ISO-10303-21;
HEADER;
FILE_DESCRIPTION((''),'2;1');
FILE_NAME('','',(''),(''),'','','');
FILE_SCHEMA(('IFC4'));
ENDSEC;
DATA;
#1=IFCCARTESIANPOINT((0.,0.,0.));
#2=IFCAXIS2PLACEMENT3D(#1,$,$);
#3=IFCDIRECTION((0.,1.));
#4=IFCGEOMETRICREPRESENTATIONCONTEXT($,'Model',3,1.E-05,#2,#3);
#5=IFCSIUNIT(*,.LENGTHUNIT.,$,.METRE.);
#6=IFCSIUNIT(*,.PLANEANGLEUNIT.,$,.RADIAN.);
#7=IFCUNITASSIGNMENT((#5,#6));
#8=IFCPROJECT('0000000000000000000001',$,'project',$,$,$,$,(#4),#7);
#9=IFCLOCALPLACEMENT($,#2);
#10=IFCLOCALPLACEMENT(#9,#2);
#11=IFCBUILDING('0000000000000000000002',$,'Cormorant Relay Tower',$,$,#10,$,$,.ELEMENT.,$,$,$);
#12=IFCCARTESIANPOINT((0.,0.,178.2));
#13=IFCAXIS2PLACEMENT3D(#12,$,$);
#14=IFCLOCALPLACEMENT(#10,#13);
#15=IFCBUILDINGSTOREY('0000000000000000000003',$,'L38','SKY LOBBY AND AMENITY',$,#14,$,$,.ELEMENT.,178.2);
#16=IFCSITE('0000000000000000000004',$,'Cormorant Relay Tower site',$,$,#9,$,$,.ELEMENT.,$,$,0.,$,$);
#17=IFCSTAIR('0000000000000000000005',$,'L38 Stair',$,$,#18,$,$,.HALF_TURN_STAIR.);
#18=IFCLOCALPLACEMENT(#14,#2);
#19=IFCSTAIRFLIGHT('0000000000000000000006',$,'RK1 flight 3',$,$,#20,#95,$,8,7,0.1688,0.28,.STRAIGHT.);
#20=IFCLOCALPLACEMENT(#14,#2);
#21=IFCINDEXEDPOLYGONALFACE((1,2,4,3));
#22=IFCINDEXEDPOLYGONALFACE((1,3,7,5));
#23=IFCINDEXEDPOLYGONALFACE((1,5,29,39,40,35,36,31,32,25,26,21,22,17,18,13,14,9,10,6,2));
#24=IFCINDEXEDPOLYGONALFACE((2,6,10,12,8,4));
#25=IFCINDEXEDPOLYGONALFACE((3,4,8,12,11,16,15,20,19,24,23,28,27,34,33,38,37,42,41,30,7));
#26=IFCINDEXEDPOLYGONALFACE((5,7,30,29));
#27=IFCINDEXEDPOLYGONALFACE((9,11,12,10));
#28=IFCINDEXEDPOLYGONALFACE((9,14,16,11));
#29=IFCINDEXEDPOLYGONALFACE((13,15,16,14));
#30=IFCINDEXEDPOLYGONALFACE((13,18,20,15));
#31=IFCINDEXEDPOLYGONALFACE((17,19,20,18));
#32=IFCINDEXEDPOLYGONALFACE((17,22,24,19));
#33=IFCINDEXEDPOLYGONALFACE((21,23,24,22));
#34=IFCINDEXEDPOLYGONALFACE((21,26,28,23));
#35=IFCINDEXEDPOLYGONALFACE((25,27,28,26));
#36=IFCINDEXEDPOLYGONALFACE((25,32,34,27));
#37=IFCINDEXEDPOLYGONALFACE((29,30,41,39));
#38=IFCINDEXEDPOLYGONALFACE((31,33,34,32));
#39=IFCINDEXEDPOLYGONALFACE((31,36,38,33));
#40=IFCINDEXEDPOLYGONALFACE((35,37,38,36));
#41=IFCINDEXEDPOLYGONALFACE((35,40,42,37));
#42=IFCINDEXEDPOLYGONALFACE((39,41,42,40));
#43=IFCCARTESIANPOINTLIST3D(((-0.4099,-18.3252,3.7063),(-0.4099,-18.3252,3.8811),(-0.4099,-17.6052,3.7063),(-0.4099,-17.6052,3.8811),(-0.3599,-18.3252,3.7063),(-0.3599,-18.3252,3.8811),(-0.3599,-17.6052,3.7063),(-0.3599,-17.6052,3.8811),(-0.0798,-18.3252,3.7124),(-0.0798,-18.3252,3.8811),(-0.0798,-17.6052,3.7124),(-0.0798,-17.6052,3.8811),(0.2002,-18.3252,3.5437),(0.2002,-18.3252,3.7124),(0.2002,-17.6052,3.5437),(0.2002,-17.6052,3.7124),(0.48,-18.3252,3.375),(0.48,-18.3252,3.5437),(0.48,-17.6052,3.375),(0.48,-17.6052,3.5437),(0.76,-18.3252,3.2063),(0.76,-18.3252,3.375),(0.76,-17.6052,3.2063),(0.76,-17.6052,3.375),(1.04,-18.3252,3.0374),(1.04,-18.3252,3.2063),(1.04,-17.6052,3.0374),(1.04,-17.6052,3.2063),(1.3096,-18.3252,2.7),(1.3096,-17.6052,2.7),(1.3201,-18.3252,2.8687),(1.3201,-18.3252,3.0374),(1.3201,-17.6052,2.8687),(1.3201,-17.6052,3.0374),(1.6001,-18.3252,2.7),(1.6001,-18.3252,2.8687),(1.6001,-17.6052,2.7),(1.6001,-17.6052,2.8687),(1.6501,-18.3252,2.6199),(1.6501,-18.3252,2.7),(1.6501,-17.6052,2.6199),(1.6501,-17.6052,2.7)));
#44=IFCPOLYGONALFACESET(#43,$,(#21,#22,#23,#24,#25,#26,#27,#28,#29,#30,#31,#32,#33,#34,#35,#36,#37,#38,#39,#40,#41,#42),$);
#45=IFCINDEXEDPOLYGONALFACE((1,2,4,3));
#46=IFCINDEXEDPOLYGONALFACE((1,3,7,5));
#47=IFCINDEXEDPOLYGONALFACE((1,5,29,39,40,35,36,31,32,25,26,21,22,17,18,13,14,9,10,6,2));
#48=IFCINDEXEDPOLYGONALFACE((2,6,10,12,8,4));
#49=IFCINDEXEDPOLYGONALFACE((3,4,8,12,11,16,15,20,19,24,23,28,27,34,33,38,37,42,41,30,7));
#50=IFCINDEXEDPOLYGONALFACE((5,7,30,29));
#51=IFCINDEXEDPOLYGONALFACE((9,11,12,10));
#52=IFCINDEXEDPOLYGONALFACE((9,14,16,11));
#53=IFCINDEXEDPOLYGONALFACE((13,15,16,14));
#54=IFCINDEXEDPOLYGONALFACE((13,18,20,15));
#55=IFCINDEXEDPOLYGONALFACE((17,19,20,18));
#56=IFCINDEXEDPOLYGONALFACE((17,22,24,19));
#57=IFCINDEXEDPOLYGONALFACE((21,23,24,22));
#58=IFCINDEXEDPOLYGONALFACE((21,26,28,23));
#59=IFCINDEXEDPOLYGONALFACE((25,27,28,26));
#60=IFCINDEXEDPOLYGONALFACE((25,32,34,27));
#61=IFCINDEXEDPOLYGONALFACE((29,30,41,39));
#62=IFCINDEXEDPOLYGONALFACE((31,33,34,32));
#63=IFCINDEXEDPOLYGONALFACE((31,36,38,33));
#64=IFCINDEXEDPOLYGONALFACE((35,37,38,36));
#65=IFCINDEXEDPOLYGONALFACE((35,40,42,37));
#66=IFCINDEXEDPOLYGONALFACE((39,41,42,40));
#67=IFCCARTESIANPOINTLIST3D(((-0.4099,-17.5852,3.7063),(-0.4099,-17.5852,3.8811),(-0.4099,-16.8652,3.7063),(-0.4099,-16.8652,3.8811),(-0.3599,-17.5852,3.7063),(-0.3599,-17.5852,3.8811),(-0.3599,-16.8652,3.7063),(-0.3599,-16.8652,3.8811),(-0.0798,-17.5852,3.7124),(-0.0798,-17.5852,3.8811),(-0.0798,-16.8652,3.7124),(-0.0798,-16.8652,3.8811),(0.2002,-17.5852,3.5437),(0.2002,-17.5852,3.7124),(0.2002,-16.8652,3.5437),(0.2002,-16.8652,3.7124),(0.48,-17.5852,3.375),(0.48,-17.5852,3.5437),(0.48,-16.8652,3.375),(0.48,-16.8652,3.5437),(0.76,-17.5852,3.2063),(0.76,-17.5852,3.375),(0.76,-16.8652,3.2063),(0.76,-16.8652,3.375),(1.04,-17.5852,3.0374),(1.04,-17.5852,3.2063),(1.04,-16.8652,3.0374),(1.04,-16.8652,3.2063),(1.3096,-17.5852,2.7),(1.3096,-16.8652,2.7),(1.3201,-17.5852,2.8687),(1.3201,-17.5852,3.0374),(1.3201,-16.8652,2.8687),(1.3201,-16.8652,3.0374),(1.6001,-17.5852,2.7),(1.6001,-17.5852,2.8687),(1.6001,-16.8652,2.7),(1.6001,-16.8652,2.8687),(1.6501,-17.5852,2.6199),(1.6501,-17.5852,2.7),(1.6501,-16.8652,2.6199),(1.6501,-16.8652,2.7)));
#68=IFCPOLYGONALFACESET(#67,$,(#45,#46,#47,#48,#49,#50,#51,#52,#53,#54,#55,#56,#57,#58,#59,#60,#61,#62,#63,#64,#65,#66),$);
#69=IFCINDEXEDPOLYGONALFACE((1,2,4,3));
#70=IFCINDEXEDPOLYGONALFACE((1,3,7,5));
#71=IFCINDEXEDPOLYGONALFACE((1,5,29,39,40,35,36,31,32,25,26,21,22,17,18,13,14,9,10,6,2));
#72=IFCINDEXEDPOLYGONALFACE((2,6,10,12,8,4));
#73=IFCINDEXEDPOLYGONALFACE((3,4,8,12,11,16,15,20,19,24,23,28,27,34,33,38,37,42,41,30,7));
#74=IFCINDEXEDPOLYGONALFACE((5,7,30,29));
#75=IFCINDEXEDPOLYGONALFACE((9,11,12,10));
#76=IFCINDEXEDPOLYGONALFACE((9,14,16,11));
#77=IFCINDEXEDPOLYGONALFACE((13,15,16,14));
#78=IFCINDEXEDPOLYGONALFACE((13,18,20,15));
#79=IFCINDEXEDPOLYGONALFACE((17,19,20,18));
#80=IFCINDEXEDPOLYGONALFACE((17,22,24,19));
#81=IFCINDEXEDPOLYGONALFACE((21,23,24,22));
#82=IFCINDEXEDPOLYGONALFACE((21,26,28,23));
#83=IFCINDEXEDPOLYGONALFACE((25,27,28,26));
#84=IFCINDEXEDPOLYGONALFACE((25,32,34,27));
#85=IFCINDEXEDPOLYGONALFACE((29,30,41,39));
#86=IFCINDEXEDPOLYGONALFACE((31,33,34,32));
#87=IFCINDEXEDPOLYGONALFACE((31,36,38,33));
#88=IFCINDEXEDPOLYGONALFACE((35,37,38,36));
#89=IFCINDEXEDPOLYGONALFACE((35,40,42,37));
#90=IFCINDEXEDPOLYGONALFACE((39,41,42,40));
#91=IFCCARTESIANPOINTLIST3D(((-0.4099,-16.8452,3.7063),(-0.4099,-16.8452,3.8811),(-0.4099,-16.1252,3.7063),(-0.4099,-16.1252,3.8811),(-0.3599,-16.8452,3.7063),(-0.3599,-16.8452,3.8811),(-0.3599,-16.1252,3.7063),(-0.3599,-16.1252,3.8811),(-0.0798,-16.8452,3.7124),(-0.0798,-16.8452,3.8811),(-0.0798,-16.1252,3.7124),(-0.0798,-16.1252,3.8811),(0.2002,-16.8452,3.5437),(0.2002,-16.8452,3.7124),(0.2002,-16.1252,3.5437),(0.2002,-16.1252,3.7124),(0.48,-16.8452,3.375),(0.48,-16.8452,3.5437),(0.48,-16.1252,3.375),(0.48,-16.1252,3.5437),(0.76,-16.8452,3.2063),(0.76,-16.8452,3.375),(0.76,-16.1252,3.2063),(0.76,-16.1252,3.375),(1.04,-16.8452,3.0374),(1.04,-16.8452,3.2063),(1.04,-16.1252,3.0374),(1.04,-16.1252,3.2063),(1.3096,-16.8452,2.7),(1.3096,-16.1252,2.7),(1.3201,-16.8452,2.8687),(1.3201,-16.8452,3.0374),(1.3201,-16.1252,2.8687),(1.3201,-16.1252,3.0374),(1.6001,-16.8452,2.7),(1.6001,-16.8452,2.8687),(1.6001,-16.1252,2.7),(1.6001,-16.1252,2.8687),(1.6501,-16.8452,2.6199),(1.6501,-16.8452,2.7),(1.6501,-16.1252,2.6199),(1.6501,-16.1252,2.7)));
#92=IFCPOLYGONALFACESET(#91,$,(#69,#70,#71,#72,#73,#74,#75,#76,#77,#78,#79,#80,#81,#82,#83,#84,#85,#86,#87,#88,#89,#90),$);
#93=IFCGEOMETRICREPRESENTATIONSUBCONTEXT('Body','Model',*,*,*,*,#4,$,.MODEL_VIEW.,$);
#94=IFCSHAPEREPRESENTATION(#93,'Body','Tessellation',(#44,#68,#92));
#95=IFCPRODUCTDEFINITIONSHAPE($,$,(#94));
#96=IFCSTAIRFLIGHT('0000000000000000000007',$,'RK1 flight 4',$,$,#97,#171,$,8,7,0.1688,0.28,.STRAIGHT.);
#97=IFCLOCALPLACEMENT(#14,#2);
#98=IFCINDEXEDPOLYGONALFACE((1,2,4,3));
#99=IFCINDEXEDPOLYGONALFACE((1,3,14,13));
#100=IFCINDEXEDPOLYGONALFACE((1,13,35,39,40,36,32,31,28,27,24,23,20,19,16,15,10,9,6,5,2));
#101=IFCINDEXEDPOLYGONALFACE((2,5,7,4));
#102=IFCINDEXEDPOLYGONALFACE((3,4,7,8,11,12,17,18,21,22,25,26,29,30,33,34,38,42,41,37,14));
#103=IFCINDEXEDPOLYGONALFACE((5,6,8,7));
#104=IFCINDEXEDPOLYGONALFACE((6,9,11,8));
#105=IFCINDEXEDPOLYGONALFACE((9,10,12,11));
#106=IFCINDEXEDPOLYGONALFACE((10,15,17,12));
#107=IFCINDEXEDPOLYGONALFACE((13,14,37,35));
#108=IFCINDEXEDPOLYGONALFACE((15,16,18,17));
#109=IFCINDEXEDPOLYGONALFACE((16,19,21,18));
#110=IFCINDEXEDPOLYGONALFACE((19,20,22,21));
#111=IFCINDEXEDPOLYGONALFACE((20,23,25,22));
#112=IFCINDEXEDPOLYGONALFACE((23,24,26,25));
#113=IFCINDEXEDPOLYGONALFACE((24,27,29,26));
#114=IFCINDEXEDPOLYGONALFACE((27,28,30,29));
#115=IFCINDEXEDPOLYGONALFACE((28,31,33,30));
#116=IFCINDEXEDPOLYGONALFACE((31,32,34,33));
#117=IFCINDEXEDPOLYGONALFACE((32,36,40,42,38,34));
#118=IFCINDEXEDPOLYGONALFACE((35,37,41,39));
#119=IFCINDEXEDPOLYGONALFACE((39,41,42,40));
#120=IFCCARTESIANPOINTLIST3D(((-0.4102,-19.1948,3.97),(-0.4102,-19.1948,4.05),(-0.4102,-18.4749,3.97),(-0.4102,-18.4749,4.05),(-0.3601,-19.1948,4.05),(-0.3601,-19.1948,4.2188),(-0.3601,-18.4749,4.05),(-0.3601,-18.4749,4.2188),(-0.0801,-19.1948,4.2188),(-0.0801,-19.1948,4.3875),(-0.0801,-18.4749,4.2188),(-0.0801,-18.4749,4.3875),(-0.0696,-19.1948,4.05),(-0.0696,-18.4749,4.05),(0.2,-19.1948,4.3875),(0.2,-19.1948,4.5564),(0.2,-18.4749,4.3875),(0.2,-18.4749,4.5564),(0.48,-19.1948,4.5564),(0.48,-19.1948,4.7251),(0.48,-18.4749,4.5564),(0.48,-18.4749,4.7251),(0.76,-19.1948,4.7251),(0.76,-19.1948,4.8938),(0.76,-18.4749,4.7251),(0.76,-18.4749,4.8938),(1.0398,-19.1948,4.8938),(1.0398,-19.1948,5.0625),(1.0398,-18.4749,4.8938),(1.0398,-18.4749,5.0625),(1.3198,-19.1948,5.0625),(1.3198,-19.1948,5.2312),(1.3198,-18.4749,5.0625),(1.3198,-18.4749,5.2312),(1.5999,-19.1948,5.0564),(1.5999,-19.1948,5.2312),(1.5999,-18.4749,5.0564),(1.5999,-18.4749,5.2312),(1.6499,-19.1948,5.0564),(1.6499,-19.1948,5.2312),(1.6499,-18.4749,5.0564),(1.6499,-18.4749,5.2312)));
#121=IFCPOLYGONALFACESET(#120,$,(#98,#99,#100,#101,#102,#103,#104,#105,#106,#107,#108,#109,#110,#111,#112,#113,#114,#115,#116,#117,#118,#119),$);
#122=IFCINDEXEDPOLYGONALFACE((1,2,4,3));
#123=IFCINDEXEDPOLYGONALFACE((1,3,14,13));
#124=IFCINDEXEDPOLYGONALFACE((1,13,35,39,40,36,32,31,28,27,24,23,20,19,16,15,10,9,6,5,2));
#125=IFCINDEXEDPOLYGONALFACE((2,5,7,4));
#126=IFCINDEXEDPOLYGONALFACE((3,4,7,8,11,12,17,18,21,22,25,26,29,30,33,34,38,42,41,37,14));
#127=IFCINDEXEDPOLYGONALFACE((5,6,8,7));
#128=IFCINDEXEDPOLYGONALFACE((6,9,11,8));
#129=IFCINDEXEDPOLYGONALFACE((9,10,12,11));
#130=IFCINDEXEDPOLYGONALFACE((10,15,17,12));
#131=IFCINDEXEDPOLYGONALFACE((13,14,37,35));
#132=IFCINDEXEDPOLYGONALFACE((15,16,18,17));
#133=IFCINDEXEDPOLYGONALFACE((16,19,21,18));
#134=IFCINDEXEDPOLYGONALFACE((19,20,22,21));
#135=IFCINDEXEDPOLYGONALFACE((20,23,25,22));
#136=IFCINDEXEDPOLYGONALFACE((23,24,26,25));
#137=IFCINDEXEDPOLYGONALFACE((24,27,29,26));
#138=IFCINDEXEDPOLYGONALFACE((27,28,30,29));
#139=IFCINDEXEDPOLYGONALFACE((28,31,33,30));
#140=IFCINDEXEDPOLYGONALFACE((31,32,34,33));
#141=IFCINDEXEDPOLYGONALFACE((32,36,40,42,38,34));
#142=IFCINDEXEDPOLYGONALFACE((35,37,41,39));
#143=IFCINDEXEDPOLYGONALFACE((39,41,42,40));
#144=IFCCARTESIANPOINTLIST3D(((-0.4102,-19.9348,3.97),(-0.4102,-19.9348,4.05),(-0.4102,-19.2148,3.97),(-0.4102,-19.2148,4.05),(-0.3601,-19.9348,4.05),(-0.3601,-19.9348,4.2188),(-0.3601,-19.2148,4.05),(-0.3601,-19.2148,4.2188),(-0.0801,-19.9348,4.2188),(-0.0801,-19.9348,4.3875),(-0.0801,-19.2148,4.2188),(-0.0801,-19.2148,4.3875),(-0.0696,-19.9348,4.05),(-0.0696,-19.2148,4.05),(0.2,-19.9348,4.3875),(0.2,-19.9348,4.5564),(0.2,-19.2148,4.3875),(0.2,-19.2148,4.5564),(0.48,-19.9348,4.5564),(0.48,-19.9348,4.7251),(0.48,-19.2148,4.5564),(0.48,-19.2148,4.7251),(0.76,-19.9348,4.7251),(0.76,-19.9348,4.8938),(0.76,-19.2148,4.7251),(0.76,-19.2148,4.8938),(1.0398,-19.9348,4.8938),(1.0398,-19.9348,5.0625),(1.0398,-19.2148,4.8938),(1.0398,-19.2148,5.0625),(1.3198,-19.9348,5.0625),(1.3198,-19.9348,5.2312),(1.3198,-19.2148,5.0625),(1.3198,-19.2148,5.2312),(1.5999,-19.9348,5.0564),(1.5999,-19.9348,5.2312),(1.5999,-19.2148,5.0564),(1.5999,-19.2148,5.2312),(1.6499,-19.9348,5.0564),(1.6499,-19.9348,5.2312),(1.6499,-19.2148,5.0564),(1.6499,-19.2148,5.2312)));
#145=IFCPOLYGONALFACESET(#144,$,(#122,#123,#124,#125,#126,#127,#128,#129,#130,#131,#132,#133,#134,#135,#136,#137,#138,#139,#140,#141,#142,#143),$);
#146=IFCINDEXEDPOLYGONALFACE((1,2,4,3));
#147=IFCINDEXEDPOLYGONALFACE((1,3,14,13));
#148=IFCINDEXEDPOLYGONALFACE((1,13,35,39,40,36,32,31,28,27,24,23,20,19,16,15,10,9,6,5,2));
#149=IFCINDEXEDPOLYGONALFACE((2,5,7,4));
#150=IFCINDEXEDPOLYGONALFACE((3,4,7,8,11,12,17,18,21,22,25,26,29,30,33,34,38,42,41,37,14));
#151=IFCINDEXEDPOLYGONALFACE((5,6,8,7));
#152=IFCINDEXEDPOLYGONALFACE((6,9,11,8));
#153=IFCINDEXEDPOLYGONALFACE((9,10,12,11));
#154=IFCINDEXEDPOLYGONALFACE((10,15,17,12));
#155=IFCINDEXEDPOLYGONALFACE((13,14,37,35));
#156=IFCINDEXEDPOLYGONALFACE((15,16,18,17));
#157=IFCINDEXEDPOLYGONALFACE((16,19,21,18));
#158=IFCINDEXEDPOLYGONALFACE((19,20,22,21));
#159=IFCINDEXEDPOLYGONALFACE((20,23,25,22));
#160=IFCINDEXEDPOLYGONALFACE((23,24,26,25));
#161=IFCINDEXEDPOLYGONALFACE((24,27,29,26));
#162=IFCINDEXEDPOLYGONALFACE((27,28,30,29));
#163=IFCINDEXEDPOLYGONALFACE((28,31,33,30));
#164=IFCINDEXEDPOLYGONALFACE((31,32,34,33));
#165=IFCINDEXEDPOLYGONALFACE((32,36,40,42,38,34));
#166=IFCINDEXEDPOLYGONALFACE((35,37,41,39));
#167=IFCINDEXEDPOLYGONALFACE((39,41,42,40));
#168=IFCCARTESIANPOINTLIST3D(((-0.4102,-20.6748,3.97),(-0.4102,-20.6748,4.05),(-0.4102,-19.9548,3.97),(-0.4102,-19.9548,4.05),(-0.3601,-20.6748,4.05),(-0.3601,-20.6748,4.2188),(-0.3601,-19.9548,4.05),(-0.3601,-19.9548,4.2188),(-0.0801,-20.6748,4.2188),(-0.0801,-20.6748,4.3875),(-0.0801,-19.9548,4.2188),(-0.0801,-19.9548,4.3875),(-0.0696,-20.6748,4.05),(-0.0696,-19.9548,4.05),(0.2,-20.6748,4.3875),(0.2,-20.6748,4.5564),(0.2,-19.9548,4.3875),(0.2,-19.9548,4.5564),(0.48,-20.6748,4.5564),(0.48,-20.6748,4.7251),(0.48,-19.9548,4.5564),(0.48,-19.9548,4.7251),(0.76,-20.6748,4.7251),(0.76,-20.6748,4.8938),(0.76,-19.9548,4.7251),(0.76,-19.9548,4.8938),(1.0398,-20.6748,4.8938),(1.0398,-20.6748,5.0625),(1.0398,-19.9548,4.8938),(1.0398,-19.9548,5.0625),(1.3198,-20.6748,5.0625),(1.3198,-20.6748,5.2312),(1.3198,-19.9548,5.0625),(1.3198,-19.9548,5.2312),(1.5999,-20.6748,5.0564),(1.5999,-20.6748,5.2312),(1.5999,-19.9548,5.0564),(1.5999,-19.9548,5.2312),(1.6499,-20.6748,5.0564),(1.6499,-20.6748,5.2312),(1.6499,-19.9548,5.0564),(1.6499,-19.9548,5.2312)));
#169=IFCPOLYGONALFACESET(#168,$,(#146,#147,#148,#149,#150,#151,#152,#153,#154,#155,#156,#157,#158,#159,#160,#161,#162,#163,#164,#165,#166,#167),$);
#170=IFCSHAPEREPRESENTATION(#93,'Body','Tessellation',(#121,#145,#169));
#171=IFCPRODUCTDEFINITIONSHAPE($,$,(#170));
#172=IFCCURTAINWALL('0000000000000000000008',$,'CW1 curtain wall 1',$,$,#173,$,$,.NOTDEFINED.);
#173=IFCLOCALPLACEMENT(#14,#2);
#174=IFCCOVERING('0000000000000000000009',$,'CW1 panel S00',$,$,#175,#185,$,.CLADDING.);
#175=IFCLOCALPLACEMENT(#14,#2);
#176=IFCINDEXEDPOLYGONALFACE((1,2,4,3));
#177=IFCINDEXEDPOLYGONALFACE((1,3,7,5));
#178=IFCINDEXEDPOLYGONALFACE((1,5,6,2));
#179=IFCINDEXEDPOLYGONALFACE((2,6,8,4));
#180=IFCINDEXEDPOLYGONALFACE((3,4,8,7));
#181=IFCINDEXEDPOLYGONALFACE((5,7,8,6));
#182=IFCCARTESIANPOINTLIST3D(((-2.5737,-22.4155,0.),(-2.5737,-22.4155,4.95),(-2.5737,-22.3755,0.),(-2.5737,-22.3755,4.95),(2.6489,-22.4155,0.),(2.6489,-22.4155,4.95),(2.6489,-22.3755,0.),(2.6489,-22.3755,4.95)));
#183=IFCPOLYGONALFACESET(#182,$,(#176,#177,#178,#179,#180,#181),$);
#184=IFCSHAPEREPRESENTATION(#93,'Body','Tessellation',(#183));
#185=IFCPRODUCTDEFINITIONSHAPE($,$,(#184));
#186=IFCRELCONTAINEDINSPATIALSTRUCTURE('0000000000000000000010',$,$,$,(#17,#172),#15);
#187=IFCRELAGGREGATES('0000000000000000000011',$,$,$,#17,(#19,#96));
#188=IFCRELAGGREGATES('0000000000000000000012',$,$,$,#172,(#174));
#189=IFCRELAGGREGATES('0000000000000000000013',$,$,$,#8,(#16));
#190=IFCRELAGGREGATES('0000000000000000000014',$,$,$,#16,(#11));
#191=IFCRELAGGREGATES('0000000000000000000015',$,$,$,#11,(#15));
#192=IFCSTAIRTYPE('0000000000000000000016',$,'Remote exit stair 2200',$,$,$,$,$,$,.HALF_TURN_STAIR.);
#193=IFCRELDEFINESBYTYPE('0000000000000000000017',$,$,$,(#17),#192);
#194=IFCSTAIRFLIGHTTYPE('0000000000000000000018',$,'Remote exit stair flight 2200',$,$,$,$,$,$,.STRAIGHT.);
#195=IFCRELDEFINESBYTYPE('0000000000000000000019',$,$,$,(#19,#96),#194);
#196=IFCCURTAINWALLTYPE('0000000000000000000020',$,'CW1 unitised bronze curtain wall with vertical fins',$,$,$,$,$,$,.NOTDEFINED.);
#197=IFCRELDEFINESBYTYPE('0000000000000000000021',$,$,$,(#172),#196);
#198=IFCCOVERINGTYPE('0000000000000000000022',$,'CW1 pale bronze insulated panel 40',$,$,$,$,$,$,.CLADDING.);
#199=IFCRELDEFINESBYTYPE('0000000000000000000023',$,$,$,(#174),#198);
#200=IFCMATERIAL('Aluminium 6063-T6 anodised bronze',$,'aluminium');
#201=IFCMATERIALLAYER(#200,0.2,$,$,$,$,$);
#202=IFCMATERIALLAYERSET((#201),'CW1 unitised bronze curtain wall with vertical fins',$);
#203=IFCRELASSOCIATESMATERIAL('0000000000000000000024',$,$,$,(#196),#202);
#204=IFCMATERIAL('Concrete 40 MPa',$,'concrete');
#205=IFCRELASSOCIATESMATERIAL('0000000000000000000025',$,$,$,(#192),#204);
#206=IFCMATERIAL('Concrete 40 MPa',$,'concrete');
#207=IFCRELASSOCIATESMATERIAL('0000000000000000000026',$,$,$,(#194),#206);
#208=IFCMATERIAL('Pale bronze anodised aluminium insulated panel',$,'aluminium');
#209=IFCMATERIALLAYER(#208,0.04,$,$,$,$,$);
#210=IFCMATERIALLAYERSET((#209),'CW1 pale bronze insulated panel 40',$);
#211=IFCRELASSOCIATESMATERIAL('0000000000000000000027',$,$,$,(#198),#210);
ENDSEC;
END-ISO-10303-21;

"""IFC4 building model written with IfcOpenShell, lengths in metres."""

from ifc_helpers import new_model, si_unit, direction, frame, origin, origin_2d, place, context, subcontext, project, spatial, polyline, rectangle, outline, extrude, material, layer, layer_set, type_object, element, aggregate, save


model = new_model("IFC4")

# Units and contexts
model_context = context("Model", 3, precision=1e-05, world=origin(), true_north=direction((0.0, 1.0)))
body_context = subcontext(model_context, "Body", "Model", "MODEL_VIEW")
ifc_project = project(units=[si_unit("LENGTHUNIT", "METRE"), si_unit("PLANEANGLEUNIT", "RADIAN")], contexts=[model_context])

# Site, building, storey
site_placement = place(None, origin())
site = spatial("IfcSite", under=ifc_project, at=site_placement, Name="Cormorant Relay Tower site", CompositionType="ELEMENT", RefElevation=0.0)
building_placement = place(site_placement, origin())
building = spatial("IfcBuilding", under=site, at=building_placement, Name="Cormorant Relay Tower", CompositionType="ELEMENT")
storey_placement = place(building_placement, frame((0.0, 0.0, 178.2)))
storey = spatial("IfcBuildingStorey", under=building, at=storey_placement, Name="L38", Description="SKY LOBBY AND AMENITY", CompositionType="ELEMENT", Elevation=178.2)

# Shared definitions
ifc_material_1 = material(Name="Aluminium 6063-T6 anodised bronze", Category="aluminium")
ifc_layer_1 = layer(ifc_material_1, 0.2)
ifc_layer_set_1 = layer_set([ifc_layer_1], Name="CW1 unitised bronze curtain wall with vertical fins")
curtain_wall_type = type_object("IfcCurtainWallType", Name="CW1 unitised bronze curtain wall with vertical fins", PredefinedType="NOTDEFINED", material=ifc_layer_set_1)

# Stair, stair flights
ifc_material_2 = material(Name="Concrete 40 MPa", Category="concrete")
stair_type = type_object("IfcStairType", Name="Remote exit stair 2200", PredefinedType="HALF_TURN_STAIR", material=ifc_material_2)
stair_placement = place(storey_placement, origin())
stair = element("IfcStair", 1, at=stair_placement, inside=storey, type_object=stair_type, Name="L38 Stair", PredefinedType="HALF_TURN_STAIR")
ifc_material_3 = material(Name="Concrete 40 MPa", Category="concrete")
stair_flight_type = type_object("IfcStairFlightType", Name="Remote exit stair flight 2200", PredefinedType="STRAIGHT", material=ifc_material_3)
stair_flight_1_placement = place(storey_placement, frame((1.6001, -17.2251, 2.7), z_axis=(0.0, 0.0, 1.0), x_axis=(-1.0, 0.0, 0.0)))
stair_flight_1 = element("IfcStairFlight", 2, at=stair_flight_1_placement, type_object=stair_flight_type, Name="RK1 flight 3", NumberOfRisers=8, NumberOfTreads=7, PredefinedType="STRAIGHT", RiserHeight=0.1688, TreadLength=0.28, context=body_context, shape_type="SweptSolid", body=[
    extrude(outline(polyline([(-0.05, -0.0801), (-0.05, 0.0), (0.0, 0.0), (0.0, 0.1687), (0.28, 0.1687), (0.28, 0.3374), (0.5601, 0.3374), (0.5601, 0.5063), (0.8401, 0.5063), (0.8401, 0.675), (1.1201, 0.675), (1.1201, 0.8438), (1.3999, 0.8438), (1.3999, 1.0125), (1.6799, 1.0125), (1.6799, 1.1812), (1.96, 1.1812), (2.01, 1.1812), (2.01, 1.0063), (1.96, 1.0063), (0.2905, 0.0), (-0.05, -0.0801)])), frame((0.0, 1.1001, 0.0), z_axis=(0.0, -1.0, 0.0), x_axis=(1.0, 0.0, 0.0)), (0.0, 0.0, 1.0), 0.72),
    extrude(outline(polyline([(-0.05, -0.0801), (-0.05, 0.0), (0.0, 0.0), (0.0, 0.1687), (0.28, 0.1687), (0.28, 0.3374), (0.5601, 0.3374), (0.5601, 0.5063), (0.8401, 0.5063), (0.8401, 0.675), (1.1201, 0.675), (1.1201, 0.8438), (1.3999, 0.8438), (1.3999, 1.0125), (1.6799, 1.0125), (1.6799, 1.1812), (1.96, 1.1812), (2.01, 1.1812), (2.01, 1.0063), (1.96, 1.0063), (0.2905, 0.0), (-0.05, -0.0801)])), frame((0.0, 0.3601, 0.0), z_axis=(0.0, -1.0, 0.0), x_axis=(1.0, 0.0, 0.0)), (0.0, 0.0, 1.0), 0.72),
    extrude(outline(polyline([(-0.05, -0.0801), (-0.05, 0.0), (0.0, 0.0), (0.0, 0.1687), (0.28, 0.1687), (0.28, 0.3374), (0.5601, 0.3374), (0.5601, 0.5063), (0.8401, 0.5063), (0.8401, 0.675), (1.1201, 0.675), (1.1201, 0.8438), (1.3999, 0.8438), (1.3999, 1.0125), (1.6799, 1.0125), (1.6799, 1.1812), (1.96, 1.1812), (2.01, 1.1812), (2.01, 1.0063), (1.96, 1.0063), (0.2905, 0.0), (-0.05, -0.0801)])), frame((0.0, -0.3799, 0.0), z_axis=(0.0, -1.0, 0.0), x_axis=(1.0, 0.0, 0.0)), (0.0, 0.0, 1.0), 0.72),
])
stair_flight_2_placement = place(storey_placement, frame((-0.3601, -19.575, 4.05), z_axis=(0.0, 0.0, 1.0), x_axis=(1.0, 0.0, 0.0)))
stair_flight_2 = element("IfcStairFlight", 3, at=stair_flight_2_placement, type_object=stair_flight_type, Name="RK1 flight 4", NumberOfRisers=8, NumberOfTreads=7, PredefinedType="STRAIGHT", RiserHeight=0.1688, TreadLength=0.28, context=body_context, shape_type="SweptSolid", body=[
    extrude(outline(polyline([(-0.05, -0.0801), (-0.05, 0.0), (0.0, 0.0), (0.0, 0.1687), (0.28, 0.1687), (0.28, 0.3374), (0.5601, 0.3374), (0.5601, 0.5063), (0.8401, 0.5063), (0.8401, 0.675), (1.1201, 0.675), (1.1201, 0.8438), (1.3999, 0.8438), (1.3999, 1.0125), (1.6799, 1.0125), (1.6799, 1.1812), (1.96, 1.1812), (2.01, 1.1812), (2.01, 1.0063), (1.96, 1.0063), (0.2905, 0.0), (-0.05, -0.0801)])), frame((0.0, 1.1001, 0.0), z_axis=(0.0, -1.0, 0.0), x_axis=(1.0, 0.0, 0.0)), (0.0, 0.0, 1.0), 0.72),
    extrude(outline(polyline([(-0.05, -0.0801), (-0.05, 0.0), (0.0, 0.0), (0.0, 0.1687), (0.28, 0.1687), (0.28, 0.3374), (0.5601, 0.3374), (0.5601, 0.5063), (0.8401, 0.5063), (0.8401, 0.675), (1.1201, 0.675), (1.1201, 0.8438), (1.3999, 0.8438), (1.3999, 1.0125), (1.6799, 1.0125), (1.6799, 1.1812), (1.96, 1.1812), (2.01, 1.1812), (2.01, 1.0063), (1.96, 1.0063), (0.2905, 0.0), (-0.05, -0.0801)])), frame((0.0, 0.3601, 0.0), z_axis=(0.0, -1.0, 0.0), x_axis=(1.0, 0.0, 0.0)), (0.0, 0.0, 1.0), 0.72),
    extrude(outline(polyline([(-0.05, -0.0801), (-0.05, 0.0), (0.0, 0.0), (0.0, 0.1687), (0.28, 0.1687), (0.28, 0.3374), (0.5601, 0.3374), (0.5601, 0.5063), (0.8401, 0.5063), (0.8401, 0.675), (1.1201, 0.675), (1.1201, 0.8438), (1.3999, 0.8438), (1.3999, 1.0125), (1.6799, 1.0125), (1.6799, 1.1812), (1.96, 1.1812), (2.01, 1.1812), (2.01, 1.0063), (1.96, 1.0063), (0.2905, 0.0), (-0.05, -0.0801)])), frame((0.0, -0.3799, 0.0), z_axis=(0.0, -1.0, 0.0), x_axis=(1.0, 0.0, 0.0)), (0.0, 0.0, 1.0), 0.72),
])
aggregate(stair, [stair_flight_1, stair_flight_2])

# Curtain wall, covering
curtain_wall_1_placement = place(storey_placement, origin())
curtain_wall_1 = element("IfcCurtainWall", 4, at=curtain_wall_1_placement, inside=storey, type_object=curtain_wall_type, Name="CW1 curtain wall 1", PredefinedType="NOTDEFINED")
ifc_material_4 = material(Name="Pale bronze anodised aluminium insulated panel", Category="aluminium")
ifc_layer_2 = layer(ifc_material_4, 0.04)
ifc_layer_set_2 = layer_set([ifc_layer_2], Name="CW1 pale bronze insulated panel 40")
covering_type = type_object("IfcCoveringType", Name="CW1 pale bronze insulated panel 40", PredefinedType="CLADDING", material=ifc_layer_set_2)
covering_1_placement = place(storey_placement, frame((0.0376, -22.3955, 0.0), z_axis=(0.0, 0.0, 1.0), x_axis=(1.0, 0.0, 0.0)))
covering_1 = element("IfcCovering", 5, at=covering_1_placement, type_object=covering_type, Name="CW1 panel S00", PredefinedType="CLADDING", context=body_context, shape_type="SweptSolid", body=[
    extrude(rectangle(XDim=5.2227, YDim=0.04, at=origin_2d()), origin(), (0.0, 0.0, 1.0), 4.95),
])
aggregate(curtain_wall_1, [covering_1])

save(model, "model.ifc")
